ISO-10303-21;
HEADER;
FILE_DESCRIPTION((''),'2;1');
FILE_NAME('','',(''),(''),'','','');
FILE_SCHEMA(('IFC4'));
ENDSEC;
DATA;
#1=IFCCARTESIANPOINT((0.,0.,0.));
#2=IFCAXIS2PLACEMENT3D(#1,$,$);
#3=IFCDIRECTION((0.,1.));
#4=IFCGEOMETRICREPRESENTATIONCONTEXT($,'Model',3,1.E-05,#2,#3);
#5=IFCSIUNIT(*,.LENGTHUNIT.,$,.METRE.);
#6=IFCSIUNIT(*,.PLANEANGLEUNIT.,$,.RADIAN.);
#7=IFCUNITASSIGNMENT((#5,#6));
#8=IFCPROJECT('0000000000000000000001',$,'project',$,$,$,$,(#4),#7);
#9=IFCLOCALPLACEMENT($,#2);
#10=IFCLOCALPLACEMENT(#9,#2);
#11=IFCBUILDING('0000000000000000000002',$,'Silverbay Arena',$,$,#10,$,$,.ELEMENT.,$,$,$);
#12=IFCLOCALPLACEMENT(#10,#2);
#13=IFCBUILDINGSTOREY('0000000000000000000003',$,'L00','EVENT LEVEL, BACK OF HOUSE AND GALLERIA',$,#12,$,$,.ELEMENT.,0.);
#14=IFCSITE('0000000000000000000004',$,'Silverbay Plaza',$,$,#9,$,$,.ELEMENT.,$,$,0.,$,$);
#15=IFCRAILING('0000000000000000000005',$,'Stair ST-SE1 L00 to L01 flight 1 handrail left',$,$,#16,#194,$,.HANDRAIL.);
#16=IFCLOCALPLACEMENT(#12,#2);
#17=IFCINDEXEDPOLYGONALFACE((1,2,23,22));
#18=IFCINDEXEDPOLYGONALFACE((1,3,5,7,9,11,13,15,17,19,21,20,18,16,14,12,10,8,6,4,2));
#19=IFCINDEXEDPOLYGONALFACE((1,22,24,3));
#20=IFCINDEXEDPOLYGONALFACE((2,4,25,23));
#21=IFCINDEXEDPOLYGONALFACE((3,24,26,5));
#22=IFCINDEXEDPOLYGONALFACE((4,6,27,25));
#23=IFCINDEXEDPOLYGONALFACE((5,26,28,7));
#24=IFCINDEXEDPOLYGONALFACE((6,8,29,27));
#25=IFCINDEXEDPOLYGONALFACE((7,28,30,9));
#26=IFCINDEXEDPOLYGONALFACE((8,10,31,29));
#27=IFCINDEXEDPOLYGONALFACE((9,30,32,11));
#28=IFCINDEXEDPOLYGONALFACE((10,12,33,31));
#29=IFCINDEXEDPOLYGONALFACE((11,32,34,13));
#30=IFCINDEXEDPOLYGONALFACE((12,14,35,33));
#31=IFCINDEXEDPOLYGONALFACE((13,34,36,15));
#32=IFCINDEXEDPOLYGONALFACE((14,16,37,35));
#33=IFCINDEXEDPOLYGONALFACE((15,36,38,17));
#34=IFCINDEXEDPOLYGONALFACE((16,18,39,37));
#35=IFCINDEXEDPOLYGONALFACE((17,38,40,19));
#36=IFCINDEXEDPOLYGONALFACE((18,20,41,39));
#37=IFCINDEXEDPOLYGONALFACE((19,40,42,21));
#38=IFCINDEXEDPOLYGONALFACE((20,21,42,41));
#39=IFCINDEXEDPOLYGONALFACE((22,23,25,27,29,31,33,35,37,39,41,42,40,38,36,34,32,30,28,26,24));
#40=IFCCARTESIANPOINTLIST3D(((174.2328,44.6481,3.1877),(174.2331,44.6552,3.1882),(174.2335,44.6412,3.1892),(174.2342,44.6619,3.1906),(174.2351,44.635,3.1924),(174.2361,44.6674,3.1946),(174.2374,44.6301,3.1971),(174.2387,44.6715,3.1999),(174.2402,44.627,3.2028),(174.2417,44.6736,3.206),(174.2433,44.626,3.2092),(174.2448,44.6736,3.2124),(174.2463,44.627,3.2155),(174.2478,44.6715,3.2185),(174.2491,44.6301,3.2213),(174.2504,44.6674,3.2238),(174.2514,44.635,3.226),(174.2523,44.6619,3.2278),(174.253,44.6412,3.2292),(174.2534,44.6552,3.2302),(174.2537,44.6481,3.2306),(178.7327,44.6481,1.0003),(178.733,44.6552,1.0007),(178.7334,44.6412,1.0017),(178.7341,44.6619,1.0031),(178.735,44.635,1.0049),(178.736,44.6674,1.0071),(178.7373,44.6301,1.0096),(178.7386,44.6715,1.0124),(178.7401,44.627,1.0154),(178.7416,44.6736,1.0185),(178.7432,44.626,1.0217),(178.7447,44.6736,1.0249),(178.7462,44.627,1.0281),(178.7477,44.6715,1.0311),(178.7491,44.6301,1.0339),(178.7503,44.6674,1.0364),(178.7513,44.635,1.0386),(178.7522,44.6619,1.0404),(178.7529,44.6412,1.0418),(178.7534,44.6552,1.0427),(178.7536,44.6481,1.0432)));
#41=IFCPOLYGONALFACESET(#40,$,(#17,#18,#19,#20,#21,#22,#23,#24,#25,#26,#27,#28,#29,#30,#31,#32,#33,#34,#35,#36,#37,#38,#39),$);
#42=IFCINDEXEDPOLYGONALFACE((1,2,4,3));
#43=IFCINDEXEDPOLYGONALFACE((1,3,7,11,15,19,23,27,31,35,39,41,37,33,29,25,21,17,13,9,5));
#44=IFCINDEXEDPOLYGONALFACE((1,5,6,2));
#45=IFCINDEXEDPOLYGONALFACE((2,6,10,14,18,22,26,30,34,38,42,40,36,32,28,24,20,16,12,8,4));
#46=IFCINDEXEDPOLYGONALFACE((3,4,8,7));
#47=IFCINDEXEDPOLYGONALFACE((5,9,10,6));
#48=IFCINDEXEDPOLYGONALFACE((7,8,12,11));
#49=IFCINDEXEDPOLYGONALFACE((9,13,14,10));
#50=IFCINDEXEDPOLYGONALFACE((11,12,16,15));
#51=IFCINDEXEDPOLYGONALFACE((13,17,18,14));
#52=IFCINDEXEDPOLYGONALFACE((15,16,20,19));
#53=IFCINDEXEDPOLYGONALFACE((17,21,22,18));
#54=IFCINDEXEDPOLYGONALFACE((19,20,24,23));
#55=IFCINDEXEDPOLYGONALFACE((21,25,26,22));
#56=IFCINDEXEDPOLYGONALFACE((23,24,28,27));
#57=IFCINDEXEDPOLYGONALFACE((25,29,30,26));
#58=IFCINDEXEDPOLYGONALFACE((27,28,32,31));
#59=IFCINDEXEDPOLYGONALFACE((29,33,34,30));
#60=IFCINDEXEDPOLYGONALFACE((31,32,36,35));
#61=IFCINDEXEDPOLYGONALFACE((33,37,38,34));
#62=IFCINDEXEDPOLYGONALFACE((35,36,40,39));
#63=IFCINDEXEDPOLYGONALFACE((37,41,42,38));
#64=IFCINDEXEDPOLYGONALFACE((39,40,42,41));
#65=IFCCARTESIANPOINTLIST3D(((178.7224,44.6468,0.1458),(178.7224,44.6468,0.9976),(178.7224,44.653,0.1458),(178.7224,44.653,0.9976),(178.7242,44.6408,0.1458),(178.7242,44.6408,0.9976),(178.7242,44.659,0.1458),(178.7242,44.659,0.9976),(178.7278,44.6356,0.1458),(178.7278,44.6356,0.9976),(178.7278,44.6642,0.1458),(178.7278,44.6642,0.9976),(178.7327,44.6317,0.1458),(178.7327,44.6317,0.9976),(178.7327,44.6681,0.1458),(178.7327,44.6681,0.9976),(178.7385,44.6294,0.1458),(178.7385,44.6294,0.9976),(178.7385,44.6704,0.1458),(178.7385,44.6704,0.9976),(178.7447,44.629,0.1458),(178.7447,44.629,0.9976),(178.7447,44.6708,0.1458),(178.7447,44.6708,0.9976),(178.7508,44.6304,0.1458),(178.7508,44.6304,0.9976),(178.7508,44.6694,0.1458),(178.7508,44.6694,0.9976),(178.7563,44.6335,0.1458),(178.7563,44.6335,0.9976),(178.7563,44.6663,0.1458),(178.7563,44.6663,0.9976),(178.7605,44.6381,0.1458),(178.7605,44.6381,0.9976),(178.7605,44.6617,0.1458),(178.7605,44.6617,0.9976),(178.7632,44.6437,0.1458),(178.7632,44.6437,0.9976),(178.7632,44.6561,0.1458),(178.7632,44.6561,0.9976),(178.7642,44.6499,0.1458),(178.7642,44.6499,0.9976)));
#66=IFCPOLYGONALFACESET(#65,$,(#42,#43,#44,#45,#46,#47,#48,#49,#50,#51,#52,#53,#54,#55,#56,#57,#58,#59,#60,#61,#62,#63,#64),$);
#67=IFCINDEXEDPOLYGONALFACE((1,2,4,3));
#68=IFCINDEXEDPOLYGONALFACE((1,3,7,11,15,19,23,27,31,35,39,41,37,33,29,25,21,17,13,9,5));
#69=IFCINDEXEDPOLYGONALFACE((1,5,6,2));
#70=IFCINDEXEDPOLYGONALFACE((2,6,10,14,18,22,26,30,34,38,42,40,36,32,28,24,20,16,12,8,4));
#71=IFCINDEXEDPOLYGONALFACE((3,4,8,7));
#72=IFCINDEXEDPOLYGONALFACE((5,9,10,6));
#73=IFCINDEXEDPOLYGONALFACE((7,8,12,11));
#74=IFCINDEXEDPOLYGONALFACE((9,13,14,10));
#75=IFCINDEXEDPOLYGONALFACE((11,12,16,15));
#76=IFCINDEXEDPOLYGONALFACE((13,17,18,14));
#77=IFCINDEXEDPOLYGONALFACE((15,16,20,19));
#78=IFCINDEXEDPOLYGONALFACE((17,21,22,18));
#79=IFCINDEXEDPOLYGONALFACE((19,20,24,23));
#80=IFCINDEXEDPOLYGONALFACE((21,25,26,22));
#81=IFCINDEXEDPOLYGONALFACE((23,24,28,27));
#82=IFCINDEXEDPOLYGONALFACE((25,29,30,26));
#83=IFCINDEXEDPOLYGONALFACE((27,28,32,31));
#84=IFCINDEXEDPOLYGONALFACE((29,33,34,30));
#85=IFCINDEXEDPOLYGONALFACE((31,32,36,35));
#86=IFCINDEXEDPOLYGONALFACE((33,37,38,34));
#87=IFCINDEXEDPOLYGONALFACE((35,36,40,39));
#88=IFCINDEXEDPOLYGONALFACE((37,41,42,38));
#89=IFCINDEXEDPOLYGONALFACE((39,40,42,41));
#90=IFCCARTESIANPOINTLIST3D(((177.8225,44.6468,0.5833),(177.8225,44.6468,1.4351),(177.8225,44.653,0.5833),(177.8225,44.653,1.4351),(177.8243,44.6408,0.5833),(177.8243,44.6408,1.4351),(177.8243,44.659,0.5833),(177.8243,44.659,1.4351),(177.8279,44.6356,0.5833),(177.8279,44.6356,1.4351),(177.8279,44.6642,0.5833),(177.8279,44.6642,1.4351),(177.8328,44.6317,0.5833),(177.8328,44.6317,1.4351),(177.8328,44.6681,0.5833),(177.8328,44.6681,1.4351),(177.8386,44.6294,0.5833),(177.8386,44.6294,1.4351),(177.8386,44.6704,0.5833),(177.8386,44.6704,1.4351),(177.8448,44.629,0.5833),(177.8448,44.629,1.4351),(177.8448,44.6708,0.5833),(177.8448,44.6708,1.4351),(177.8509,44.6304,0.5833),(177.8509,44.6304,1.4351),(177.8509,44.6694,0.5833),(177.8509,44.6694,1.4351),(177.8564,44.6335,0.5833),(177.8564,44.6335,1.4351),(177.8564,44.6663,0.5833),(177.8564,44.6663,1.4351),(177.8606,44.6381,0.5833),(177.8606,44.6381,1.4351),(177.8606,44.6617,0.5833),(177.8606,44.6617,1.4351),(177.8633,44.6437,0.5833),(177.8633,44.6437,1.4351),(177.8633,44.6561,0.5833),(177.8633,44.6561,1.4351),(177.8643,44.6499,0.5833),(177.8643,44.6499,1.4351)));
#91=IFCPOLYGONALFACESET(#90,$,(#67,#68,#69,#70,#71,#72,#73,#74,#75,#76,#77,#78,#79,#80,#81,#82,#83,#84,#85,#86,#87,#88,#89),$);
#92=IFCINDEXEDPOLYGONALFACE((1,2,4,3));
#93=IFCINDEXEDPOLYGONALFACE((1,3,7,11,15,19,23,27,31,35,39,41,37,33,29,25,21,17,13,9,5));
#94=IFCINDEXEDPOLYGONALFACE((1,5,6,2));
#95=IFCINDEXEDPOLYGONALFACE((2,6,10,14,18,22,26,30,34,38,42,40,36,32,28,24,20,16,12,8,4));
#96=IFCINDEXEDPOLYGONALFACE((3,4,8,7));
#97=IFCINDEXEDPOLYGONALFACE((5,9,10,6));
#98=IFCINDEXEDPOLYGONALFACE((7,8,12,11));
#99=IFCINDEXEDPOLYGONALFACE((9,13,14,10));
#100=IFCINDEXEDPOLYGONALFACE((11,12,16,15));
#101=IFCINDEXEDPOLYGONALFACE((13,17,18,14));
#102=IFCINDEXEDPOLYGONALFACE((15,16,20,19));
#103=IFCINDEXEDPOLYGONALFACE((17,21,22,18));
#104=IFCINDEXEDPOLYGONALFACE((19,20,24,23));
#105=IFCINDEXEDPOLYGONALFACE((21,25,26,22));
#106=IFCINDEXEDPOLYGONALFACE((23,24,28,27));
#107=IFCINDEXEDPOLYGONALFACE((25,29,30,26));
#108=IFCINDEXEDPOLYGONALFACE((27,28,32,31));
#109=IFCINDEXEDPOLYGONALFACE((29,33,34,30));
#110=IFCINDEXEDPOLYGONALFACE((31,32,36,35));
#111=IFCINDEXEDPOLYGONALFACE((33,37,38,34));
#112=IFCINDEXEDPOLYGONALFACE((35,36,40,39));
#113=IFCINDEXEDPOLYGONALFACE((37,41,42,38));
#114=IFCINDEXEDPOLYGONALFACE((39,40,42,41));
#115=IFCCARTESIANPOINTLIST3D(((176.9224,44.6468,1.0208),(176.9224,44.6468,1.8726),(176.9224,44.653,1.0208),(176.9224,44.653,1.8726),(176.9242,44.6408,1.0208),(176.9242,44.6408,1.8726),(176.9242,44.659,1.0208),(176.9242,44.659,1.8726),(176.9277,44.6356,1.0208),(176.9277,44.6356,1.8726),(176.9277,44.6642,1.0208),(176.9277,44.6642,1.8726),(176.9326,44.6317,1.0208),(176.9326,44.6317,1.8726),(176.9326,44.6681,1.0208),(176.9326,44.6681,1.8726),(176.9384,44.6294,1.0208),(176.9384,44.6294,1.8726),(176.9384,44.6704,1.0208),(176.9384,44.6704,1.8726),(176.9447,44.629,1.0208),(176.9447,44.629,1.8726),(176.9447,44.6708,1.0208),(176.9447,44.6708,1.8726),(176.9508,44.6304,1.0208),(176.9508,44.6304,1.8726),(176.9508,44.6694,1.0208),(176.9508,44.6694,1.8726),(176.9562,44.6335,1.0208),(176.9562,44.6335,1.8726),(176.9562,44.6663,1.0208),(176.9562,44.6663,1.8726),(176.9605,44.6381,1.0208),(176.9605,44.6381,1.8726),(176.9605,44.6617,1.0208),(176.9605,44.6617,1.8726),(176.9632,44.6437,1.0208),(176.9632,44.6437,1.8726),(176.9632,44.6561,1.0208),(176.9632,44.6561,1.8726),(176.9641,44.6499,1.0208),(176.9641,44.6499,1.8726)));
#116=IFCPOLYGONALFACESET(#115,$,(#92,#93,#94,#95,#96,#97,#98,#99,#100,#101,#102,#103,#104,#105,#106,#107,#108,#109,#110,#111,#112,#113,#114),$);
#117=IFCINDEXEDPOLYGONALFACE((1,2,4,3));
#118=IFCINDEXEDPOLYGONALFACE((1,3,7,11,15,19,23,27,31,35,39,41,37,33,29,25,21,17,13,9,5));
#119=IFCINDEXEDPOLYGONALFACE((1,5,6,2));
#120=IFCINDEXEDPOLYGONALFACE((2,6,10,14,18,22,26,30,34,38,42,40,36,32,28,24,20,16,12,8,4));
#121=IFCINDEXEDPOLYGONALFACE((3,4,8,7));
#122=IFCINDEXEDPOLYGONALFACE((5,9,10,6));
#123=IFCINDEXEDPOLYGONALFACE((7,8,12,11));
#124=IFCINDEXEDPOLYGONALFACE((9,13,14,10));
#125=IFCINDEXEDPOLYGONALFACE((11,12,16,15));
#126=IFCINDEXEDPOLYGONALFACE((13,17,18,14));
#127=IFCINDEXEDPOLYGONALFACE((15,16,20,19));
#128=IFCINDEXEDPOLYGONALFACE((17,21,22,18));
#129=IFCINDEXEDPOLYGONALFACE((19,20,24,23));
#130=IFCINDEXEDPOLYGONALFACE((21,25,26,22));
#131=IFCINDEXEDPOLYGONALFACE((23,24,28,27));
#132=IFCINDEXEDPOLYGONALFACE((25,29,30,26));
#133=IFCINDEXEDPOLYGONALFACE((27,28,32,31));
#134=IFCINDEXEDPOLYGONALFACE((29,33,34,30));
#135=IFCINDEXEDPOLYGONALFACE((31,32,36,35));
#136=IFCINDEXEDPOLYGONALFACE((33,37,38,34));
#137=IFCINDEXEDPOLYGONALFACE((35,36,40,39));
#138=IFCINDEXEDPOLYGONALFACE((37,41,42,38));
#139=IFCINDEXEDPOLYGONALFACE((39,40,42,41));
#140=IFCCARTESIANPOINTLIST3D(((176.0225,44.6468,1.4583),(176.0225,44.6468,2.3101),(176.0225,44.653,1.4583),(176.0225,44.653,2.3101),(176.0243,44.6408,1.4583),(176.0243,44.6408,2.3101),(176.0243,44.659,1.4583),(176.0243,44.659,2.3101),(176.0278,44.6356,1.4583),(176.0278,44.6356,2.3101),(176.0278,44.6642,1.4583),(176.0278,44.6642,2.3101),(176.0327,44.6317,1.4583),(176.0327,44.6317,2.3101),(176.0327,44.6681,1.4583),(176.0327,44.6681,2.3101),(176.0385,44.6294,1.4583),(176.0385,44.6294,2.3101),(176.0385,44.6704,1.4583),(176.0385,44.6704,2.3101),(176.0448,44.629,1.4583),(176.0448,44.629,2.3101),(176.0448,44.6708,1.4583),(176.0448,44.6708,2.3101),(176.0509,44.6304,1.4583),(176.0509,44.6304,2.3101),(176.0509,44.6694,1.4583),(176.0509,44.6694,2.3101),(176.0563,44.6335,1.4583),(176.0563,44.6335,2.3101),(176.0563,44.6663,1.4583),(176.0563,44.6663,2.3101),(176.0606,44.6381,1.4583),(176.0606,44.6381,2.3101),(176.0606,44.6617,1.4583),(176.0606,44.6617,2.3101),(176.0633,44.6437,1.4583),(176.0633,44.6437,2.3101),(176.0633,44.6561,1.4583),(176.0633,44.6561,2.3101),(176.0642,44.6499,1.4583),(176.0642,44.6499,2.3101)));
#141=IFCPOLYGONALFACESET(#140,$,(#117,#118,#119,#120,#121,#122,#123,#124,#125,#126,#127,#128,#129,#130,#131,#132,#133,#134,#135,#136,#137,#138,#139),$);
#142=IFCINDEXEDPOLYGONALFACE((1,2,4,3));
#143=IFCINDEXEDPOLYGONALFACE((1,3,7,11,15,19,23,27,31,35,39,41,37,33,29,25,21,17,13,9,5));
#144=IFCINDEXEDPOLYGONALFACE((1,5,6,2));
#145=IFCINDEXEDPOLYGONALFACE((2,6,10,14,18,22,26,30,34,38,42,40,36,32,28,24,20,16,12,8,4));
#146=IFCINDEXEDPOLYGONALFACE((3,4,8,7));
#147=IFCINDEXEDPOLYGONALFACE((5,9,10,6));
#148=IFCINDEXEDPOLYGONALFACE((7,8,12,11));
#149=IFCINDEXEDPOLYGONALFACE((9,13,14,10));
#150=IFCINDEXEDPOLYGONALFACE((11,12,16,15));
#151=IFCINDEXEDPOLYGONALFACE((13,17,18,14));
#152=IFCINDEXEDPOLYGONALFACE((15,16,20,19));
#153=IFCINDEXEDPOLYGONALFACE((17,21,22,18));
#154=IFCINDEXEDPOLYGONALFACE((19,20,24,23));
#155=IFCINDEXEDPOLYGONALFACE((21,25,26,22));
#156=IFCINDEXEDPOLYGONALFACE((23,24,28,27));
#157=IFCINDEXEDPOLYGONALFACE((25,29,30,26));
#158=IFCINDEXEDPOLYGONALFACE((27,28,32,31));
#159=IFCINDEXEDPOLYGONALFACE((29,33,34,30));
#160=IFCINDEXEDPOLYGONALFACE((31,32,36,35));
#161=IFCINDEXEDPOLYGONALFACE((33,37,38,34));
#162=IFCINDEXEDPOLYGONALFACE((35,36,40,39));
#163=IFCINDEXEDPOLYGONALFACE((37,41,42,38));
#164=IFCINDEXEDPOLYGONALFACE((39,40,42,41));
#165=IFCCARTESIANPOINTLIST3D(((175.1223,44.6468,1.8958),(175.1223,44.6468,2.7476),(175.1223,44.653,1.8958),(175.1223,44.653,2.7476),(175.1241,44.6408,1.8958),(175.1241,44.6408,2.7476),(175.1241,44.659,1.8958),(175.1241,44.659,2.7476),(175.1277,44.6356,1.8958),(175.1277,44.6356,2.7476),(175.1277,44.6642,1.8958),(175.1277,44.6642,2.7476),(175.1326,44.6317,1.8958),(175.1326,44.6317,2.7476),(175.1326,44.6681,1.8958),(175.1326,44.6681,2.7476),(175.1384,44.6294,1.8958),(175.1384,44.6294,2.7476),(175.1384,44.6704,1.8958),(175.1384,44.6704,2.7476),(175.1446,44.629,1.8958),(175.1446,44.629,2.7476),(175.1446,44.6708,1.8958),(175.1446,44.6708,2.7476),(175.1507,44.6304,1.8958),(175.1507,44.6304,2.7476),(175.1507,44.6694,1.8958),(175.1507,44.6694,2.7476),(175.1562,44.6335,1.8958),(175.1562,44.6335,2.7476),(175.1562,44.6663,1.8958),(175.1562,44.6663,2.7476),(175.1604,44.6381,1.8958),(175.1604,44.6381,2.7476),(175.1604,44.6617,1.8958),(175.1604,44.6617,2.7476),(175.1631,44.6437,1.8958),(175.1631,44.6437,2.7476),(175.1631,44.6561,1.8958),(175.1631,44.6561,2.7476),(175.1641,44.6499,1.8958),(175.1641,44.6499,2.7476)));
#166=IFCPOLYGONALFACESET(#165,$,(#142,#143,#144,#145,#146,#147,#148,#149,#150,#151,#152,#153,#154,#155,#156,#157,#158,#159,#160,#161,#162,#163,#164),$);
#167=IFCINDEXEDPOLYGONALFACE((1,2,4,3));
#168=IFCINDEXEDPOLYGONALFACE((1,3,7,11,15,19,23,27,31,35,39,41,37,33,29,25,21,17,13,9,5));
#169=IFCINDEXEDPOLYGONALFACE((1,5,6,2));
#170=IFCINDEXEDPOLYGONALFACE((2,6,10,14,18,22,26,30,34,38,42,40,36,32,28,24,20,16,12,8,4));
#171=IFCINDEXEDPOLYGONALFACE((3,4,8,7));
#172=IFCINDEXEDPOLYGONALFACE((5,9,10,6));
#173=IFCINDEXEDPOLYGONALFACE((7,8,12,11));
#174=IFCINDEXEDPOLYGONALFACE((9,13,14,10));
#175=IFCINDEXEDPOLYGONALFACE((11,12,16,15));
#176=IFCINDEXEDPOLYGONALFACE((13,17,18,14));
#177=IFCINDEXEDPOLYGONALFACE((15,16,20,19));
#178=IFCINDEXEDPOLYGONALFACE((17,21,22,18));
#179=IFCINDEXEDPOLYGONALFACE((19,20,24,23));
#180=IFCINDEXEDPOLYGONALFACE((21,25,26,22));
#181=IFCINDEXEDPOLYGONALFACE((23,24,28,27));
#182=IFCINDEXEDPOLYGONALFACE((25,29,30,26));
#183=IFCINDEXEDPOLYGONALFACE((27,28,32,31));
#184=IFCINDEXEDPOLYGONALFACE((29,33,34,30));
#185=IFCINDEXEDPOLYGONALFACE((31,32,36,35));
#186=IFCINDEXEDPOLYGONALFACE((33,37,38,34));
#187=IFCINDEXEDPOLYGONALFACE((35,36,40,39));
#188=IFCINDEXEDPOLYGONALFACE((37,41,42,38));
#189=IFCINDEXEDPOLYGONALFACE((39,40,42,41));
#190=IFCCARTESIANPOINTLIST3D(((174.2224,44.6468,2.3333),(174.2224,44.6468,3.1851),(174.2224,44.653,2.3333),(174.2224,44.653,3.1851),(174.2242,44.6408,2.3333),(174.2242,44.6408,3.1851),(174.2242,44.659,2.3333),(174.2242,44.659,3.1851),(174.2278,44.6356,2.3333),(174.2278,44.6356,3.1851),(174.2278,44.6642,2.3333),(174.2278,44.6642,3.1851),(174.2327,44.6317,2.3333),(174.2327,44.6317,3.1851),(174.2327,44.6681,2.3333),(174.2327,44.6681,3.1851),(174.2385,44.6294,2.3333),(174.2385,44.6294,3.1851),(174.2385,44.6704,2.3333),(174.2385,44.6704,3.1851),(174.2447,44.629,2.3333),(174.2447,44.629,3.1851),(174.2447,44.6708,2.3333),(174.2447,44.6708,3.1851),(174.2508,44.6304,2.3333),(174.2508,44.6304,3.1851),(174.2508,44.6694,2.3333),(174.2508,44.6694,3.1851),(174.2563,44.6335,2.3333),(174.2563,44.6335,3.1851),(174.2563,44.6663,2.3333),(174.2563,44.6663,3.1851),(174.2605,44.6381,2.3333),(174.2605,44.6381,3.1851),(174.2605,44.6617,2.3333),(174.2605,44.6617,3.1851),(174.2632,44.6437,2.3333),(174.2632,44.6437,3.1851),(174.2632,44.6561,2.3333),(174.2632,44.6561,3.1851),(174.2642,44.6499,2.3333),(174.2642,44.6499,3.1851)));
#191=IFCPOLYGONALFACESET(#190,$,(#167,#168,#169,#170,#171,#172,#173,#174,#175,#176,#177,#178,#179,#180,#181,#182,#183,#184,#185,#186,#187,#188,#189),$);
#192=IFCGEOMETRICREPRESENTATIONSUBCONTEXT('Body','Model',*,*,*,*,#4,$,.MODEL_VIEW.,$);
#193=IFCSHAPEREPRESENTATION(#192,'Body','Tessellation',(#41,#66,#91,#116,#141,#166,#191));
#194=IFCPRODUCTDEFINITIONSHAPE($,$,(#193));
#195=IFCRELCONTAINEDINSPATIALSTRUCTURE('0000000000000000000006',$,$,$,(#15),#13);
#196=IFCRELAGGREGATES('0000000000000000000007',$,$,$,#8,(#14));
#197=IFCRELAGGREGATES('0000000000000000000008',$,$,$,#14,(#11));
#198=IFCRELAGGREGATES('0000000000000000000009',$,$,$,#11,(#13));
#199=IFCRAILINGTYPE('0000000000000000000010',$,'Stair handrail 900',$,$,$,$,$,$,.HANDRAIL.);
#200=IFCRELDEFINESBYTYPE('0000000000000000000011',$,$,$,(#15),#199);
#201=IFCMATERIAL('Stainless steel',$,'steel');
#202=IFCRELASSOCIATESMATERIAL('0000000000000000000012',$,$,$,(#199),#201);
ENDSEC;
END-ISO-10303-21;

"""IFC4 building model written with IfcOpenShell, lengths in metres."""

from ifc_helpers import new_model, si_unit, direction, frame, origin, origin_2d, place, context, subcontext, project, spatial, circle, extrude, material, type_object, element, save


model = new_model("IFC4")

# Units and contexts
model_context = context("Model", 3, precision=1e-05, world=origin(), true_north=direction((0.0, 1.0)))
body_context = subcontext(model_context, "Body", "Model", "MODEL_VIEW")
ifc_project = project(units=[si_unit("LENGTHUNIT", "METRE"), si_unit("PLANEANGLEUNIT", "RADIAN")], contexts=[model_context])

# Site, building, storey
site_placement = place(None, origin())
site = spatial("IfcSite", under=ifc_project, at=site_placement, Name="Silverbay Plaza", CompositionType="ELEMENT", RefElevation=0.0)
building_placement = place(site_placement, origin())
building = spatial("IfcBuilding", under=site, at=building_placement, Name="Silverbay Arena", CompositionType="ELEMENT")
storey_placement = place(building_placement, origin())
storey = spatial("IfcBuildingStorey", under=building, at=storey_placement, Name="L00", Description="EVENT LEVEL, BACK OF HOUSE AND GALLERIA", CompositionType="ELEMENT", Elevation=0.0)

# Railing
ifc_material_1 = material(Name="Stainless steel", Category="steel")
railing_type_1 = type_object("IfcRailingType", Name="Stair handrail 900", PredefinedType="HANDRAIL", material=ifc_material_1)
for number, where, name in (
    (1, (178.7432, 44.6499, 0.1458), "Stair ST-SE1 L00 to L01 flight 1 handrail left"),
):
    element("IfcRailing", number, at=place(storey_placement, frame(where)), inside=storey, type_object=railing_type_1, Name=name, PredefinedType="HANDRAIL", context=body_context, shape_type="SweptSolid", body=[
        extrude(circle(Radius=0.0239, at=origin_2d()), frame((0.0, 0.0, 0.876), z_axis=(-0.899368, 0.0, 0.437193), x_axis=(0.0, -1.0, 0.0)), (0.0, 0.0, 1.0), 5.0034),
        extrude(circle(Radius=0.021, at=origin_2d()), origin(), (0.0, 0.0, 1.0), 0.8518),
        extrude(circle(Radius=0.021, at=origin_2d()), frame((-0.8999, 0.0, 0.4375)), (0.0, 0.0, 1.0), 0.8518),
        extrude(circle(Radius=0.021, at=origin_2d()), frame((-1.8, 0.0, 0.875)), (0.0, 0.0, 1.0), 0.8518),
        extrude(circle(Radius=0.021, at=origin_2d()), frame((-2.7, 0.0, 1.3125)), (0.0, 0.0, 1.0), 0.8518),
        extrude(circle(Radius=0.021, at=origin_2d()), frame((-3.6001, 0.0, 1.75)), (0.0, 0.0, 1.0), 0.8518),
        extrude(circle(Radius=0.021, at=origin_2d()), frame((-4.5, 0.0, 2.1875)), (0.0, 0.0, 1.0), 0.8518),
    ])

save(model, "model.ifc")
